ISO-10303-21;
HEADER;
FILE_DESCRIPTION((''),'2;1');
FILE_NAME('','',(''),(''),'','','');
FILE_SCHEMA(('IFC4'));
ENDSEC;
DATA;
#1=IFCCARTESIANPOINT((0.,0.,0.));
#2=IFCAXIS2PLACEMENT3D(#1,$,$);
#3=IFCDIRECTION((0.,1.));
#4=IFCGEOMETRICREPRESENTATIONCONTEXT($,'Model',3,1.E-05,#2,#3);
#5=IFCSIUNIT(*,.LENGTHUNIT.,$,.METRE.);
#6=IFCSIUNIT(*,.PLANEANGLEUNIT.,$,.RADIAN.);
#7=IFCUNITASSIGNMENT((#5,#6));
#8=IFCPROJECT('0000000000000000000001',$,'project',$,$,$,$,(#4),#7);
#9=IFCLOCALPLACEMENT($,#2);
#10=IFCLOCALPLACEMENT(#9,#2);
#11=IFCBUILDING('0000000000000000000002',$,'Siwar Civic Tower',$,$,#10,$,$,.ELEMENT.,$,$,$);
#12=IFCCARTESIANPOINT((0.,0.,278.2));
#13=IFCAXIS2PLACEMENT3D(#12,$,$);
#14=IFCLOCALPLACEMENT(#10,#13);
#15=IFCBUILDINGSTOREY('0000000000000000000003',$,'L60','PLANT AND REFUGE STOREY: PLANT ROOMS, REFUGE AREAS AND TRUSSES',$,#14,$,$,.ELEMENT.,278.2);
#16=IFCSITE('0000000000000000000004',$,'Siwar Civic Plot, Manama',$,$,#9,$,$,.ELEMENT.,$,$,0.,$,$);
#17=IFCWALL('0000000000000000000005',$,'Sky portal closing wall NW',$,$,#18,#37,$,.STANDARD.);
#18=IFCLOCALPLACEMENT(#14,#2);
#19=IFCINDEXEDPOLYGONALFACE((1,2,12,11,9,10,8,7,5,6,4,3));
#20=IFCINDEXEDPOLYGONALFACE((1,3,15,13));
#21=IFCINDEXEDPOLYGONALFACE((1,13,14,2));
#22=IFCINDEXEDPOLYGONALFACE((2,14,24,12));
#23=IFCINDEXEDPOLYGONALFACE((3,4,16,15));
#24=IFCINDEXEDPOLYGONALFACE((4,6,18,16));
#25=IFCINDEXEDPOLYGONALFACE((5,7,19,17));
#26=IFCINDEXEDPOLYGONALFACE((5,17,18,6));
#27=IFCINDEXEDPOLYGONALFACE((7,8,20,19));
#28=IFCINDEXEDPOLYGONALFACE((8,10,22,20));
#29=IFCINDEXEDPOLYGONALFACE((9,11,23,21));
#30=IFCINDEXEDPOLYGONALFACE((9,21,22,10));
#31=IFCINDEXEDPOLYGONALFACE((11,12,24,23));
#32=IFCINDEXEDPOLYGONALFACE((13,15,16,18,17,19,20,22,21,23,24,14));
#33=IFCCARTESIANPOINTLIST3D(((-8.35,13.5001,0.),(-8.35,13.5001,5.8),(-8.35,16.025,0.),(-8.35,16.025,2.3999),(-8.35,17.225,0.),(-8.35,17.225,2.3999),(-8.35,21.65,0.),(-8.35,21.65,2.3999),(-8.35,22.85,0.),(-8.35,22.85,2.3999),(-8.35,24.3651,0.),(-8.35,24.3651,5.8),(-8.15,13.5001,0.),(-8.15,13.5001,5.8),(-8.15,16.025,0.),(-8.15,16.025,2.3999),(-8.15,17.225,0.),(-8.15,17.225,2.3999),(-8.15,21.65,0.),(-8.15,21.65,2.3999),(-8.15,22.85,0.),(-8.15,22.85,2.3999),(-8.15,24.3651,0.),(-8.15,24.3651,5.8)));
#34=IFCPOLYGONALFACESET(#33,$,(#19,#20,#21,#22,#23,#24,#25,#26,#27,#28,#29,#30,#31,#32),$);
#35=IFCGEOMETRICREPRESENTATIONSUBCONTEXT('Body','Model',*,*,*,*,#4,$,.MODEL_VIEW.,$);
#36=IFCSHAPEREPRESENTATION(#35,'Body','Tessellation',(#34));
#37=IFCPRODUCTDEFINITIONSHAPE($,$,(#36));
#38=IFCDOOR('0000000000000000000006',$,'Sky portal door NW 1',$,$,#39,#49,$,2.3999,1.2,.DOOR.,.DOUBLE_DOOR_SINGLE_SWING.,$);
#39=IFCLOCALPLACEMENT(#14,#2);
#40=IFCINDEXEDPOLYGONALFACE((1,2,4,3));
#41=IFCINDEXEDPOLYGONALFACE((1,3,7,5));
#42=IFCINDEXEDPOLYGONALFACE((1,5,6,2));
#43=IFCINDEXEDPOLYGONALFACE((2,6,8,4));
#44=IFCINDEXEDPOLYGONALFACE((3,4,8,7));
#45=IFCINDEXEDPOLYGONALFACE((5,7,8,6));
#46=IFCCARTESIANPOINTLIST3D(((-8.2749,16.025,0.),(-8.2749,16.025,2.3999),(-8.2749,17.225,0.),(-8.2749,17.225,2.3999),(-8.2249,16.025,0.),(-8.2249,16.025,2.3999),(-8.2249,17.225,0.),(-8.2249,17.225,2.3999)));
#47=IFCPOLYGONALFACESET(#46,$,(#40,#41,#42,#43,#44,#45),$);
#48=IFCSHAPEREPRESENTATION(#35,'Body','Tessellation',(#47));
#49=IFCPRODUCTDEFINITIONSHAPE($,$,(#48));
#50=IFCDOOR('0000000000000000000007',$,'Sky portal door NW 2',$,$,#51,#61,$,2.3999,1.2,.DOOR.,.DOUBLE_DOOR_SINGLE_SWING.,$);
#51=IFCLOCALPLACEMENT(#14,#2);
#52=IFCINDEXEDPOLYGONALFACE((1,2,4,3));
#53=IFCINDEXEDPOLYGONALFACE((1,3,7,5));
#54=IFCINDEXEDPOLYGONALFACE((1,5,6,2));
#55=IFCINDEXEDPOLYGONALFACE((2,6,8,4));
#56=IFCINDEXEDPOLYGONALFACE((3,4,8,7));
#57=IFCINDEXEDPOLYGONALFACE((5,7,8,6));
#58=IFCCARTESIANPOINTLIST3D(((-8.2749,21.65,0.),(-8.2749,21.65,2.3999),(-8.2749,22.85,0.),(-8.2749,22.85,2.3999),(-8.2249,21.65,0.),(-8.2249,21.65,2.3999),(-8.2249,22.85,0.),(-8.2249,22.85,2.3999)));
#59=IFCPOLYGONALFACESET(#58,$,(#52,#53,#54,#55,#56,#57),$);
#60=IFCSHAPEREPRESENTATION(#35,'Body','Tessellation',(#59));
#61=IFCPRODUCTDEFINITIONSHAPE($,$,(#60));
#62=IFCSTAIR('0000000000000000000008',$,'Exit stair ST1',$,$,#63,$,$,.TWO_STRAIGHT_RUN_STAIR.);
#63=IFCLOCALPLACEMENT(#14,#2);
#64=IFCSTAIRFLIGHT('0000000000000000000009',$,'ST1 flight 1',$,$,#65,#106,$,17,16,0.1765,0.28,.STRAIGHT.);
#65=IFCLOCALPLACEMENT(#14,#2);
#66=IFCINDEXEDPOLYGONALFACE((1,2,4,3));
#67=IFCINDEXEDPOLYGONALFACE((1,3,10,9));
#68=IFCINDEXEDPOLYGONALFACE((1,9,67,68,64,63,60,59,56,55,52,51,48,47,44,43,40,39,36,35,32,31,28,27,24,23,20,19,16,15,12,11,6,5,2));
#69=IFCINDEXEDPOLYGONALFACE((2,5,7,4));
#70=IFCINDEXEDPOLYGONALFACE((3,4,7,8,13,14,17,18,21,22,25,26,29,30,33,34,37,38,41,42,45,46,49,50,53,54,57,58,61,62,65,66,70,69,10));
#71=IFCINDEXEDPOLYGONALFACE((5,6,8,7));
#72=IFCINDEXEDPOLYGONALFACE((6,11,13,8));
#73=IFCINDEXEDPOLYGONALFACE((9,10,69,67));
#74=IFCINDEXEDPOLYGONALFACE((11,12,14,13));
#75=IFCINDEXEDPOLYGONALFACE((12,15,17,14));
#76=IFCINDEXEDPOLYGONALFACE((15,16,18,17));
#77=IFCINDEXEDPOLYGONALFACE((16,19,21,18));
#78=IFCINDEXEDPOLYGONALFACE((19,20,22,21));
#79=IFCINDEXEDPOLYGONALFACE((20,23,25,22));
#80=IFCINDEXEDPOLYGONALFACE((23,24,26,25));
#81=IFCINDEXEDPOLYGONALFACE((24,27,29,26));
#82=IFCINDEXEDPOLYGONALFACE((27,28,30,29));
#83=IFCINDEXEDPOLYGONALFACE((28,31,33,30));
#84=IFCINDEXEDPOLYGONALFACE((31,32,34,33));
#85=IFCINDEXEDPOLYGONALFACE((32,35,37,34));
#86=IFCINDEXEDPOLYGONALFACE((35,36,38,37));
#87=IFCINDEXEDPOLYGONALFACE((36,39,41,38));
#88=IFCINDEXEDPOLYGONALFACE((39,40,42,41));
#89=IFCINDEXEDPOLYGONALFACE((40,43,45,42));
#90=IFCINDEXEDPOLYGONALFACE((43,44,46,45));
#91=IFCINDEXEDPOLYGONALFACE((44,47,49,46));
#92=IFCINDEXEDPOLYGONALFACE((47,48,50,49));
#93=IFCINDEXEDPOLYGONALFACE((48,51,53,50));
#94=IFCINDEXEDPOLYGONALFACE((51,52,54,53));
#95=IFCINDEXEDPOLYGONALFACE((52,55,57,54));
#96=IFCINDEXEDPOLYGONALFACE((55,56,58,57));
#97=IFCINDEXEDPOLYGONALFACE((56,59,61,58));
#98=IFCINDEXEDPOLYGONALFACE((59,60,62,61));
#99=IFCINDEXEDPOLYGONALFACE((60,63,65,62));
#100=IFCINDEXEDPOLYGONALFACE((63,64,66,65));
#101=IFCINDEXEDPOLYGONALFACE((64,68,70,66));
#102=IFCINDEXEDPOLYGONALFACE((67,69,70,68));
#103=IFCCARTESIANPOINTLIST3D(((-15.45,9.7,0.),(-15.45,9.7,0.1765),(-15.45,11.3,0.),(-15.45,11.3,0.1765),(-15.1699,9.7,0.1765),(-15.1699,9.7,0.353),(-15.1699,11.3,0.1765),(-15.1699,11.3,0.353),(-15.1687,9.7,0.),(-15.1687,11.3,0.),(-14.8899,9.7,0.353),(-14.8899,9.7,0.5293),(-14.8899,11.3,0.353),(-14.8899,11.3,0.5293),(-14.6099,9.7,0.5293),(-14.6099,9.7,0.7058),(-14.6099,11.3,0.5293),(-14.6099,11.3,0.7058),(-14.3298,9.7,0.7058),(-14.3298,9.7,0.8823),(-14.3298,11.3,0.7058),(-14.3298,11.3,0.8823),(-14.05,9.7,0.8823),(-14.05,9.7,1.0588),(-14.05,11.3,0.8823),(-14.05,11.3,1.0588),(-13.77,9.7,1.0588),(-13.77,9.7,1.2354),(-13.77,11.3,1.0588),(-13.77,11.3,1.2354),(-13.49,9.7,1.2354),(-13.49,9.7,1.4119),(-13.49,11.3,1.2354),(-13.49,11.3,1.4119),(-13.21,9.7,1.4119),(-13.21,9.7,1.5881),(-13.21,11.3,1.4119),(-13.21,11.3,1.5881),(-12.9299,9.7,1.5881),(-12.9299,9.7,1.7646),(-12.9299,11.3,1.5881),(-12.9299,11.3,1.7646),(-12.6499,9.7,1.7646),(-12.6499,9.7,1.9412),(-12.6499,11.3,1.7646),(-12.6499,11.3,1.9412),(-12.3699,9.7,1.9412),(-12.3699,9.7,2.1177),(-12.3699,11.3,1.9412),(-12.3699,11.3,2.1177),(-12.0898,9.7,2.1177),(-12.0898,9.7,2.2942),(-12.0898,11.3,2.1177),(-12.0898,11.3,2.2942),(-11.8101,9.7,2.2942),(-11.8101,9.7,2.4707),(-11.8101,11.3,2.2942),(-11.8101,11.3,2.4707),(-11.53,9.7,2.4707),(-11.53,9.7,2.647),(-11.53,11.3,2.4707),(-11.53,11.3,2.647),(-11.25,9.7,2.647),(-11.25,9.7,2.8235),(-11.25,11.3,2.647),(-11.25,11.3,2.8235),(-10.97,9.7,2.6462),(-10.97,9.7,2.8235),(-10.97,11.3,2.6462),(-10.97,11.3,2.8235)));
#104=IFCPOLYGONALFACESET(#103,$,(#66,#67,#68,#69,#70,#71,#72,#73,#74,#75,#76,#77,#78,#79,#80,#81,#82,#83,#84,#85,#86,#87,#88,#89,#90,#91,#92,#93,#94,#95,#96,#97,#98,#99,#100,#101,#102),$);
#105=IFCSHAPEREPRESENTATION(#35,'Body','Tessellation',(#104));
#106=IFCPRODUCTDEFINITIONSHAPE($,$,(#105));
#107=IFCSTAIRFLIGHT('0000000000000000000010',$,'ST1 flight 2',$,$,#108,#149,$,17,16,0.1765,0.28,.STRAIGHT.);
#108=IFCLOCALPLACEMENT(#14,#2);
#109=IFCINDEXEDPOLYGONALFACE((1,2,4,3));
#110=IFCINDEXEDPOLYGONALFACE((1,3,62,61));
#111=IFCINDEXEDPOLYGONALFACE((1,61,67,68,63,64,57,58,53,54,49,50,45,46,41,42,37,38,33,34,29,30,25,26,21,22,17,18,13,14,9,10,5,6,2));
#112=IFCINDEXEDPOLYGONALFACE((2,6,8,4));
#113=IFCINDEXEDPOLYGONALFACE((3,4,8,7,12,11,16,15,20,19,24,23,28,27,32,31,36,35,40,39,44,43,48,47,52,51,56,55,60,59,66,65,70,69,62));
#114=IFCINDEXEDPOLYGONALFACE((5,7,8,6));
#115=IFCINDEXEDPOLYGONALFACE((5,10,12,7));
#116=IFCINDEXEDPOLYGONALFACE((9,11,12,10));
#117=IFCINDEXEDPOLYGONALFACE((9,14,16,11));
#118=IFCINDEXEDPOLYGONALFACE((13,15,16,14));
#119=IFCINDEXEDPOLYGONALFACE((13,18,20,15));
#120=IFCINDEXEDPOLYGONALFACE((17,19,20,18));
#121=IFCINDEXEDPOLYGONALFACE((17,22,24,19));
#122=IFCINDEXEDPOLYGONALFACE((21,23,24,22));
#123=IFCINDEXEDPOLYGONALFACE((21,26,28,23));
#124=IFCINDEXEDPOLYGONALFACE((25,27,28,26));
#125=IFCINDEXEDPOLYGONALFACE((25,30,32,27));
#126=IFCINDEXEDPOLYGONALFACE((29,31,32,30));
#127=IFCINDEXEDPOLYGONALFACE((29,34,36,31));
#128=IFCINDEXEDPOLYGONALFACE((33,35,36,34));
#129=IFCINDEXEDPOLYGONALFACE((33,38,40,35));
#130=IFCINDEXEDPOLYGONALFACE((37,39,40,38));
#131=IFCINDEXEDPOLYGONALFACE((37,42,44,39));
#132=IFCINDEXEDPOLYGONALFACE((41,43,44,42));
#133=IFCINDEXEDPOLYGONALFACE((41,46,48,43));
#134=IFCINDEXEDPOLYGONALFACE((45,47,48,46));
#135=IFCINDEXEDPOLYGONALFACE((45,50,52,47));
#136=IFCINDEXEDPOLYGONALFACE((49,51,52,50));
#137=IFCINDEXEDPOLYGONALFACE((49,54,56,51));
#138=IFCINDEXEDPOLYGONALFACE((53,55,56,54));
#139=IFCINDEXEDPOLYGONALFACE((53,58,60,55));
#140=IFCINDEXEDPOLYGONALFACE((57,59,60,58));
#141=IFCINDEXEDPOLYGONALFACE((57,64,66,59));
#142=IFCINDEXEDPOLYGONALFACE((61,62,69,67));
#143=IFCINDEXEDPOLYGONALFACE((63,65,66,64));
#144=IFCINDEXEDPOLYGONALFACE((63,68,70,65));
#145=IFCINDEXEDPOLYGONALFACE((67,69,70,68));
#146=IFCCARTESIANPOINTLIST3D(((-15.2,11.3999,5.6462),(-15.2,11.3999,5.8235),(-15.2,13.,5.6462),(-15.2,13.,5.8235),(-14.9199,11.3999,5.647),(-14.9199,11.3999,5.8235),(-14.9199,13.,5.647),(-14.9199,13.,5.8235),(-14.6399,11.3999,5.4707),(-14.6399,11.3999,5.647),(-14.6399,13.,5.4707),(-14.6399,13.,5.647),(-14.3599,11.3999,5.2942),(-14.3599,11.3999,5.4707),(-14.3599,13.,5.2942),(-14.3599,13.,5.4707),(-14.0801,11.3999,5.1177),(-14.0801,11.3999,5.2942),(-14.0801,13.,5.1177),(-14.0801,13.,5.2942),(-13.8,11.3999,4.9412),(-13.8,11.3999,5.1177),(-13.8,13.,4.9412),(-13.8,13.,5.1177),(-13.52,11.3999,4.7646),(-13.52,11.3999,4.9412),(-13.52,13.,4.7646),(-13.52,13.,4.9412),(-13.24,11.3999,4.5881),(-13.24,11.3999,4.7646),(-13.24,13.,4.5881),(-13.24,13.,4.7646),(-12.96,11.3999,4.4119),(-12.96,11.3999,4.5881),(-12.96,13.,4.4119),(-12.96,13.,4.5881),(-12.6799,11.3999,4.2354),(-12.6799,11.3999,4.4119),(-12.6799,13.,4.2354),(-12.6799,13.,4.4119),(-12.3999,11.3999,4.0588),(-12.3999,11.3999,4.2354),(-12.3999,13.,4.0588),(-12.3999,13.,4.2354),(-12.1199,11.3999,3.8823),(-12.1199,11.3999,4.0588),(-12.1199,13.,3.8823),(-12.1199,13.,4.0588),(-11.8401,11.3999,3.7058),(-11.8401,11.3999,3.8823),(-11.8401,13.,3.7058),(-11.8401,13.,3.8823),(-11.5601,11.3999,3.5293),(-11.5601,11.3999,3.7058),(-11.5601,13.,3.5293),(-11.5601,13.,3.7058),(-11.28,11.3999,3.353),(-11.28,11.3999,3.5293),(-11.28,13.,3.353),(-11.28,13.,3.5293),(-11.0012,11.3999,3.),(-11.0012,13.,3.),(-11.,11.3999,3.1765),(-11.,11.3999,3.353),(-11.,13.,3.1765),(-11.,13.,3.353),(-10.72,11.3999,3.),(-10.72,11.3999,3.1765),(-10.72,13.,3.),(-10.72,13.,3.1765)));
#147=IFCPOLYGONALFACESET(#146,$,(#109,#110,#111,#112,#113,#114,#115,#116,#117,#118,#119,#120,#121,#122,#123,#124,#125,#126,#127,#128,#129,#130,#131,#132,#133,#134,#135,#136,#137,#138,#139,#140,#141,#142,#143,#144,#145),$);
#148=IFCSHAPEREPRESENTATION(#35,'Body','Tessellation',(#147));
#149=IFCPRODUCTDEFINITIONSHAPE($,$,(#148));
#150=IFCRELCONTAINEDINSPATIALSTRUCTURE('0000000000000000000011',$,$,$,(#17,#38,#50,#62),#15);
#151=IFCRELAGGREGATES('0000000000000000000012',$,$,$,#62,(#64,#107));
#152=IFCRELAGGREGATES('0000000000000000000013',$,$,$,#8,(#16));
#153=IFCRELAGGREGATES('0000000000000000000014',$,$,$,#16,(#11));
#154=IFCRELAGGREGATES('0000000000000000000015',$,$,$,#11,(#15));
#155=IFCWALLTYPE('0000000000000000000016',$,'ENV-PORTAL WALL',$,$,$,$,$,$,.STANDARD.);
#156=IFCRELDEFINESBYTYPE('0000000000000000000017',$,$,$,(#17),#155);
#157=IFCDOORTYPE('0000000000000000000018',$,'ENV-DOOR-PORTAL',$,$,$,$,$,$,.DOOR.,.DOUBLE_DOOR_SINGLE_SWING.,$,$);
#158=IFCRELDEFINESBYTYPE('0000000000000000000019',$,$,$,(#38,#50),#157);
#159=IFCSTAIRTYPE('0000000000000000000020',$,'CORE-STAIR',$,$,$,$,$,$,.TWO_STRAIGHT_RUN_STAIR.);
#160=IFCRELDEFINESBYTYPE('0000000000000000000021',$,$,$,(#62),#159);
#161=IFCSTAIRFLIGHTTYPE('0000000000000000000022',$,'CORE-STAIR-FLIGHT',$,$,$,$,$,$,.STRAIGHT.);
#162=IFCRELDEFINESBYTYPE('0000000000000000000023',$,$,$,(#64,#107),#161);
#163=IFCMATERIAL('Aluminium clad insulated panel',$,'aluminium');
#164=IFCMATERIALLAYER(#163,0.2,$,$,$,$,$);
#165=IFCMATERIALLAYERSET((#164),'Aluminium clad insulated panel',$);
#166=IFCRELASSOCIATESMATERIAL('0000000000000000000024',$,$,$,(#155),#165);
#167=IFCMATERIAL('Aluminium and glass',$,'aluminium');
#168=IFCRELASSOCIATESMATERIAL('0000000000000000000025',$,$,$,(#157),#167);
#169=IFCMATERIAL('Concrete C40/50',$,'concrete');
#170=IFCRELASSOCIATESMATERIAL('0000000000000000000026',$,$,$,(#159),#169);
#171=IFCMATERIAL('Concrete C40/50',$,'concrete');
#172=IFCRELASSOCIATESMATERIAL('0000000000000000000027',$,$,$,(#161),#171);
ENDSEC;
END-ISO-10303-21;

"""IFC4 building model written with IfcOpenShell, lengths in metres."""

from ifc_helpers import new_model, si_unit, direction, frame, frame_2d, origin, place, context, subcontext, project, spatial, polyline, rectangle, outline, extrude, material, layer, layer_set, type_object, element, fill, aggregate, save


model = new_model("IFC4")

# Units and contexts
model_context = context("Model", 3, precision=1e-05, world=origin(), true_north=direction((0.0, 1.0)))
body_context = subcontext(model_context, "Body", "Model", "MODEL_VIEW")
ifc_project = project(units=[si_unit("LENGTHUNIT", "METRE"), si_unit("PLANEANGLEUNIT", "RADIAN")], contexts=[model_context])

# Site, building, storey
site_placement = place(None, origin())
site = spatial("IfcSite", under=ifc_project, at=site_placement, Name="Siwar Civic Plot, Manama", CompositionType="ELEMENT", RefElevation=0.0)
building_placement = place(site_placement, origin())
building = spatial("IfcBuilding", under=site, at=building_placement, Name="Siwar Civic Tower", CompositionType="ELEMENT")
storey_placement = place(building_placement, frame((0.0, 0.0, 278.2)))
storey = spatial("IfcBuildingStorey", under=building, at=storey_placement, Name="L60", Description="PLANT AND REFUGE STOREY: PLANT ROOMS, REFUGE AREAS AND TRUSSES", CompositionType="ELEMENT", Elevation=278.2)

# Wall, openings, doors
ifc_material_1 = material(Name="Aluminium clad insulated panel", Category="aluminium")
ifc_layer_1 = layer(ifc_material_1, 0.2)
ifc_layer_set_1 = layer_set([ifc_layer_1], Name="Aluminium clad insulated panel")
wall_type_1 = type_object("IfcWallType", Name="ENV-PORTAL WALL", PredefinedType="STANDARD", material=ifc_layer_set_1)
wall_1_placement = place(storey_placement, frame((-8.25, 13.5, 0.0), z_axis=(0.0, 0.0, 1.0), x_axis=(0.0, 1.0, 0.0)))
wall_1 = element("IfcWall", 1, at=wall_1_placement, inside=storey, type_object=wall_type_1, Name="Sky portal closing wall NW", PredefinedType="STANDARD", context=body_context, shape_type="SweptSolid", body=[
    extrude(rectangle(XDim=10.865, YDim=0.2, at=frame_2d((5.4326, 0.0))), origin(), (0.0, 0.0, 1.0), 5.8),
])
opening_1_placement = place(wall_1_placement, frame((2.5249, 0.0, 0.0)))
opening_1 = element("IfcOpeningElement", 2, at=opening_1_placement, cuts=wall_1, PredefinedType="OPENING", context=body_context, shape_type="SweptSolid", body=[
    extrude(rectangle(XDim=1.2, YDim=2.3999, at=frame_2d((0.6001, 1.2))), frame((0.0, 0.1099, 0.0), z_axis=(0.0, -1.0, 0.0), x_axis=(1.0, 0.0, 0.0)), (0.0, 0.0, 1.0), 0.22),
])
opening_2_placement = place(wall_1_placement, frame((8.1499, 0.0, 0.0)))
opening_2 = element("IfcOpeningElement", 3, at=opening_2_placement, cuts=wall_1, PredefinedType="OPENING", context=body_context, shape_type="SweptSolid", body=[
    extrude(rectangle(XDim=1.2, YDim=2.3999, at=frame_2d((0.6001, 1.2))), frame((0.0, 0.1099, 0.0), z_axis=(0.0, -1.0, 0.0), x_axis=(1.0, 0.0, 0.0)), (0.0, 0.0, 1.0), 0.22),
])
ifc_material_2 = material(Name="Aluminium and glass", Category="aluminium")
door_type = type_object("IfcDoorType", Name="ENV-DOOR-PORTAL", OperationType="DOUBLE_DOOR_SINGLE_SWING", PredefinedType="DOOR", material=ifc_material_2)
door_1_placement = place(opening_1_placement, origin())
door_1 = element("IfcDoor", 4, at=door_1_placement, inside=storey, type_object=door_type, Name="Sky portal door NW 1", OperationType="DOUBLE_DOOR_SINGLE_SWING", OverallHeight=2.3999, OverallWidth=1.2, PredefinedType="DOOR", context=body_context, shape_type="SweptSolid", body=[
    extrude(rectangle(XDim=1.2, YDim=2.3999, at=frame_2d((0.6001, 1.2))), frame((0.0, 0.0249, 0.0), z_axis=(0.0, -1.0, 0.0), x_axis=(1.0, 0.0, 0.0)), (0.0, 0.0, 1.0), 0.05),
])
fill(opening_1, door_1)
door_2_placement = place(opening_2_placement, origin())
door_2 = element("IfcDoor", 5, at=door_2_placement, inside=storey, type_object=door_type, Name="Sky portal door NW 2", OperationType="DOUBLE_DOOR_SINGLE_SWING", OverallHeight=2.3999, OverallWidth=1.2, PredefinedType="DOOR", context=body_context, shape_type="SweptSolid", body=[
    extrude(rectangle(XDim=1.2, YDim=2.3999, at=frame_2d((0.6001, 1.2))), frame((0.0, 0.0249, 0.0), z_axis=(0.0, -1.0, 0.0), x_axis=(1.0, 0.0, 0.0)), (0.0, 0.0, 1.0), 0.05),
])
fill(opening_2, door_2)

# Stair, stair flights
ifc_material_3 = material(Name="Concrete C40/50", Category="concrete")
stair_type = type_object("IfcStairType", Name="CORE-STAIR", PredefinedType="TWO_STRAIGHT_RUN_STAIR", material=ifc_material_3)
stair_placement = place(storey_placement, origin())
stair = element("IfcStair", 6, at=stair_placement, inside=storey, type_object=stair_type, Name="Exit stair ST1", PredefinedType="TWO_STRAIGHT_RUN_STAIR")
ifc_material_4 = material(Name="Concrete C40/50", Category="concrete")
stair_flight_type = type_object("IfcStairFlightType", Name="CORE-STAIR-FLIGHT", PredefinedType="STRAIGHT", material=ifc_material_4)
stair_flight_1_placement = place(storey_placement, frame((-15.45, 10.5, 0.0), z_axis=(0.0, 0.0, 1.0), x_axis=(1.0, 0.0, 0.0)))
stair_flight_1 = element("IfcStairFlight", 7, at=stair_flight_1_placement, type_object=stair_flight_type, Name="ST1 flight 1", NumberOfRisers=17, NumberOfTreads=16, PredefinedType="STRAIGHT", RiserHeight=0.1765, TreadLength=0.28, context=body_context, shape_type="SweptSolid", body=[
    extrude(outline(polyline([(0.0, 0.0), (0.0, 0.1765), (0.28, 0.1765), (0.28, 0.353), (0.5601, 0.353), (0.5601, 0.5293), (0.8401, 0.5293), (0.8401, 0.7058), (1.1201, 0.7058), (1.1201, 0.8823), (1.3999, 0.8823), (1.3999, 1.0588), (1.6799, 1.0588), (1.6799, 1.2354), (1.96, 1.2354), (1.96, 1.4119), (2.24, 1.4119), (2.24, 1.5881), (2.52, 1.5881), (2.52, 1.7646), (2.8, 1.7646), (2.8, 1.9412), (3.0801, 1.9412), (3.0801, 2.1177), (3.3601, 2.1177), (3.3601, 2.2942), (3.6399, 2.2942), (3.6399, 2.4707), (3.9199, 2.4707), (3.9199, 2.647), (4.2, 2.647), (4.2, 2.8235), (4.48, 2.8235), (4.48, 3.0), (4.48, 2.6462), (0.2812, 0.0), (0.0, 0.0)])), frame((0.0, 0.8, 0.0), z_axis=(0.0, -1.0, 0.0), x_axis=(1.0, 0.0, 0.0)), (0.0, 0.0, 1.0), 1.6001),
])
stair_flight_2_placement = place(storey_placement, frame((-10.72, 12.2, 3.0), z_axis=(0.0, 0.0, 1.0), x_axis=(-1.0, 0.0, 0.0)))
stair_flight_2 = element("IfcStairFlight", 8, at=stair_flight_2_placement, type_object=stair_flight_type, Name="ST1 flight 2", NumberOfRisers=17, NumberOfTreads=16, PredefinedType="STRAIGHT", RiserHeight=0.1765, TreadLength=0.28, context=body_context, shape_type="SweptSolid", body=[
    extrude(outline(polyline([(0.0, 0.0), (0.0, 0.1765), (0.28, 0.1765), (0.28, 0.353), (0.5601, 0.353), (0.5601, 0.5293), (0.8401, 0.5293), (0.8401, 0.7058), (1.1201, 0.7058), (1.1201, 0.8823), (1.3999, 0.8823), (1.3999, 1.0588), (1.6799, 1.0588), (1.6799, 1.2354), (1.96, 1.2354), (1.96, 1.4119), (2.24, 1.4119), (2.24, 1.5881), (2.52, 1.5881), (2.52, 1.7646), (2.8, 1.7646), (2.8, 1.9412), (3.0801, 1.9412), (3.0801, 2.1177), (3.3601, 2.1177), (3.3601, 2.2942), (3.6399, 2.2942), (3.6399, 2.4707), (3.9199, 2.4707), (3.9199, 2.647), (4.2, 2.647), (4.2, 2.8235), (4.48, 2.8235), (4.48, 3.0), (4.48, 2.6462), (0.2812, 0.0), (0.0, 0.0)])), frame((0.0, 0.8, 0.0), z_axis=(0.0, -1.0, 0.0), x_axis=(1.0, 0.0, 0.0)), (0.0, 0.0, 1.0), 1.6001),
])
aggregate(stair, [stair_flight_1, stair_flight_2])

save(model, "model.ifc")
